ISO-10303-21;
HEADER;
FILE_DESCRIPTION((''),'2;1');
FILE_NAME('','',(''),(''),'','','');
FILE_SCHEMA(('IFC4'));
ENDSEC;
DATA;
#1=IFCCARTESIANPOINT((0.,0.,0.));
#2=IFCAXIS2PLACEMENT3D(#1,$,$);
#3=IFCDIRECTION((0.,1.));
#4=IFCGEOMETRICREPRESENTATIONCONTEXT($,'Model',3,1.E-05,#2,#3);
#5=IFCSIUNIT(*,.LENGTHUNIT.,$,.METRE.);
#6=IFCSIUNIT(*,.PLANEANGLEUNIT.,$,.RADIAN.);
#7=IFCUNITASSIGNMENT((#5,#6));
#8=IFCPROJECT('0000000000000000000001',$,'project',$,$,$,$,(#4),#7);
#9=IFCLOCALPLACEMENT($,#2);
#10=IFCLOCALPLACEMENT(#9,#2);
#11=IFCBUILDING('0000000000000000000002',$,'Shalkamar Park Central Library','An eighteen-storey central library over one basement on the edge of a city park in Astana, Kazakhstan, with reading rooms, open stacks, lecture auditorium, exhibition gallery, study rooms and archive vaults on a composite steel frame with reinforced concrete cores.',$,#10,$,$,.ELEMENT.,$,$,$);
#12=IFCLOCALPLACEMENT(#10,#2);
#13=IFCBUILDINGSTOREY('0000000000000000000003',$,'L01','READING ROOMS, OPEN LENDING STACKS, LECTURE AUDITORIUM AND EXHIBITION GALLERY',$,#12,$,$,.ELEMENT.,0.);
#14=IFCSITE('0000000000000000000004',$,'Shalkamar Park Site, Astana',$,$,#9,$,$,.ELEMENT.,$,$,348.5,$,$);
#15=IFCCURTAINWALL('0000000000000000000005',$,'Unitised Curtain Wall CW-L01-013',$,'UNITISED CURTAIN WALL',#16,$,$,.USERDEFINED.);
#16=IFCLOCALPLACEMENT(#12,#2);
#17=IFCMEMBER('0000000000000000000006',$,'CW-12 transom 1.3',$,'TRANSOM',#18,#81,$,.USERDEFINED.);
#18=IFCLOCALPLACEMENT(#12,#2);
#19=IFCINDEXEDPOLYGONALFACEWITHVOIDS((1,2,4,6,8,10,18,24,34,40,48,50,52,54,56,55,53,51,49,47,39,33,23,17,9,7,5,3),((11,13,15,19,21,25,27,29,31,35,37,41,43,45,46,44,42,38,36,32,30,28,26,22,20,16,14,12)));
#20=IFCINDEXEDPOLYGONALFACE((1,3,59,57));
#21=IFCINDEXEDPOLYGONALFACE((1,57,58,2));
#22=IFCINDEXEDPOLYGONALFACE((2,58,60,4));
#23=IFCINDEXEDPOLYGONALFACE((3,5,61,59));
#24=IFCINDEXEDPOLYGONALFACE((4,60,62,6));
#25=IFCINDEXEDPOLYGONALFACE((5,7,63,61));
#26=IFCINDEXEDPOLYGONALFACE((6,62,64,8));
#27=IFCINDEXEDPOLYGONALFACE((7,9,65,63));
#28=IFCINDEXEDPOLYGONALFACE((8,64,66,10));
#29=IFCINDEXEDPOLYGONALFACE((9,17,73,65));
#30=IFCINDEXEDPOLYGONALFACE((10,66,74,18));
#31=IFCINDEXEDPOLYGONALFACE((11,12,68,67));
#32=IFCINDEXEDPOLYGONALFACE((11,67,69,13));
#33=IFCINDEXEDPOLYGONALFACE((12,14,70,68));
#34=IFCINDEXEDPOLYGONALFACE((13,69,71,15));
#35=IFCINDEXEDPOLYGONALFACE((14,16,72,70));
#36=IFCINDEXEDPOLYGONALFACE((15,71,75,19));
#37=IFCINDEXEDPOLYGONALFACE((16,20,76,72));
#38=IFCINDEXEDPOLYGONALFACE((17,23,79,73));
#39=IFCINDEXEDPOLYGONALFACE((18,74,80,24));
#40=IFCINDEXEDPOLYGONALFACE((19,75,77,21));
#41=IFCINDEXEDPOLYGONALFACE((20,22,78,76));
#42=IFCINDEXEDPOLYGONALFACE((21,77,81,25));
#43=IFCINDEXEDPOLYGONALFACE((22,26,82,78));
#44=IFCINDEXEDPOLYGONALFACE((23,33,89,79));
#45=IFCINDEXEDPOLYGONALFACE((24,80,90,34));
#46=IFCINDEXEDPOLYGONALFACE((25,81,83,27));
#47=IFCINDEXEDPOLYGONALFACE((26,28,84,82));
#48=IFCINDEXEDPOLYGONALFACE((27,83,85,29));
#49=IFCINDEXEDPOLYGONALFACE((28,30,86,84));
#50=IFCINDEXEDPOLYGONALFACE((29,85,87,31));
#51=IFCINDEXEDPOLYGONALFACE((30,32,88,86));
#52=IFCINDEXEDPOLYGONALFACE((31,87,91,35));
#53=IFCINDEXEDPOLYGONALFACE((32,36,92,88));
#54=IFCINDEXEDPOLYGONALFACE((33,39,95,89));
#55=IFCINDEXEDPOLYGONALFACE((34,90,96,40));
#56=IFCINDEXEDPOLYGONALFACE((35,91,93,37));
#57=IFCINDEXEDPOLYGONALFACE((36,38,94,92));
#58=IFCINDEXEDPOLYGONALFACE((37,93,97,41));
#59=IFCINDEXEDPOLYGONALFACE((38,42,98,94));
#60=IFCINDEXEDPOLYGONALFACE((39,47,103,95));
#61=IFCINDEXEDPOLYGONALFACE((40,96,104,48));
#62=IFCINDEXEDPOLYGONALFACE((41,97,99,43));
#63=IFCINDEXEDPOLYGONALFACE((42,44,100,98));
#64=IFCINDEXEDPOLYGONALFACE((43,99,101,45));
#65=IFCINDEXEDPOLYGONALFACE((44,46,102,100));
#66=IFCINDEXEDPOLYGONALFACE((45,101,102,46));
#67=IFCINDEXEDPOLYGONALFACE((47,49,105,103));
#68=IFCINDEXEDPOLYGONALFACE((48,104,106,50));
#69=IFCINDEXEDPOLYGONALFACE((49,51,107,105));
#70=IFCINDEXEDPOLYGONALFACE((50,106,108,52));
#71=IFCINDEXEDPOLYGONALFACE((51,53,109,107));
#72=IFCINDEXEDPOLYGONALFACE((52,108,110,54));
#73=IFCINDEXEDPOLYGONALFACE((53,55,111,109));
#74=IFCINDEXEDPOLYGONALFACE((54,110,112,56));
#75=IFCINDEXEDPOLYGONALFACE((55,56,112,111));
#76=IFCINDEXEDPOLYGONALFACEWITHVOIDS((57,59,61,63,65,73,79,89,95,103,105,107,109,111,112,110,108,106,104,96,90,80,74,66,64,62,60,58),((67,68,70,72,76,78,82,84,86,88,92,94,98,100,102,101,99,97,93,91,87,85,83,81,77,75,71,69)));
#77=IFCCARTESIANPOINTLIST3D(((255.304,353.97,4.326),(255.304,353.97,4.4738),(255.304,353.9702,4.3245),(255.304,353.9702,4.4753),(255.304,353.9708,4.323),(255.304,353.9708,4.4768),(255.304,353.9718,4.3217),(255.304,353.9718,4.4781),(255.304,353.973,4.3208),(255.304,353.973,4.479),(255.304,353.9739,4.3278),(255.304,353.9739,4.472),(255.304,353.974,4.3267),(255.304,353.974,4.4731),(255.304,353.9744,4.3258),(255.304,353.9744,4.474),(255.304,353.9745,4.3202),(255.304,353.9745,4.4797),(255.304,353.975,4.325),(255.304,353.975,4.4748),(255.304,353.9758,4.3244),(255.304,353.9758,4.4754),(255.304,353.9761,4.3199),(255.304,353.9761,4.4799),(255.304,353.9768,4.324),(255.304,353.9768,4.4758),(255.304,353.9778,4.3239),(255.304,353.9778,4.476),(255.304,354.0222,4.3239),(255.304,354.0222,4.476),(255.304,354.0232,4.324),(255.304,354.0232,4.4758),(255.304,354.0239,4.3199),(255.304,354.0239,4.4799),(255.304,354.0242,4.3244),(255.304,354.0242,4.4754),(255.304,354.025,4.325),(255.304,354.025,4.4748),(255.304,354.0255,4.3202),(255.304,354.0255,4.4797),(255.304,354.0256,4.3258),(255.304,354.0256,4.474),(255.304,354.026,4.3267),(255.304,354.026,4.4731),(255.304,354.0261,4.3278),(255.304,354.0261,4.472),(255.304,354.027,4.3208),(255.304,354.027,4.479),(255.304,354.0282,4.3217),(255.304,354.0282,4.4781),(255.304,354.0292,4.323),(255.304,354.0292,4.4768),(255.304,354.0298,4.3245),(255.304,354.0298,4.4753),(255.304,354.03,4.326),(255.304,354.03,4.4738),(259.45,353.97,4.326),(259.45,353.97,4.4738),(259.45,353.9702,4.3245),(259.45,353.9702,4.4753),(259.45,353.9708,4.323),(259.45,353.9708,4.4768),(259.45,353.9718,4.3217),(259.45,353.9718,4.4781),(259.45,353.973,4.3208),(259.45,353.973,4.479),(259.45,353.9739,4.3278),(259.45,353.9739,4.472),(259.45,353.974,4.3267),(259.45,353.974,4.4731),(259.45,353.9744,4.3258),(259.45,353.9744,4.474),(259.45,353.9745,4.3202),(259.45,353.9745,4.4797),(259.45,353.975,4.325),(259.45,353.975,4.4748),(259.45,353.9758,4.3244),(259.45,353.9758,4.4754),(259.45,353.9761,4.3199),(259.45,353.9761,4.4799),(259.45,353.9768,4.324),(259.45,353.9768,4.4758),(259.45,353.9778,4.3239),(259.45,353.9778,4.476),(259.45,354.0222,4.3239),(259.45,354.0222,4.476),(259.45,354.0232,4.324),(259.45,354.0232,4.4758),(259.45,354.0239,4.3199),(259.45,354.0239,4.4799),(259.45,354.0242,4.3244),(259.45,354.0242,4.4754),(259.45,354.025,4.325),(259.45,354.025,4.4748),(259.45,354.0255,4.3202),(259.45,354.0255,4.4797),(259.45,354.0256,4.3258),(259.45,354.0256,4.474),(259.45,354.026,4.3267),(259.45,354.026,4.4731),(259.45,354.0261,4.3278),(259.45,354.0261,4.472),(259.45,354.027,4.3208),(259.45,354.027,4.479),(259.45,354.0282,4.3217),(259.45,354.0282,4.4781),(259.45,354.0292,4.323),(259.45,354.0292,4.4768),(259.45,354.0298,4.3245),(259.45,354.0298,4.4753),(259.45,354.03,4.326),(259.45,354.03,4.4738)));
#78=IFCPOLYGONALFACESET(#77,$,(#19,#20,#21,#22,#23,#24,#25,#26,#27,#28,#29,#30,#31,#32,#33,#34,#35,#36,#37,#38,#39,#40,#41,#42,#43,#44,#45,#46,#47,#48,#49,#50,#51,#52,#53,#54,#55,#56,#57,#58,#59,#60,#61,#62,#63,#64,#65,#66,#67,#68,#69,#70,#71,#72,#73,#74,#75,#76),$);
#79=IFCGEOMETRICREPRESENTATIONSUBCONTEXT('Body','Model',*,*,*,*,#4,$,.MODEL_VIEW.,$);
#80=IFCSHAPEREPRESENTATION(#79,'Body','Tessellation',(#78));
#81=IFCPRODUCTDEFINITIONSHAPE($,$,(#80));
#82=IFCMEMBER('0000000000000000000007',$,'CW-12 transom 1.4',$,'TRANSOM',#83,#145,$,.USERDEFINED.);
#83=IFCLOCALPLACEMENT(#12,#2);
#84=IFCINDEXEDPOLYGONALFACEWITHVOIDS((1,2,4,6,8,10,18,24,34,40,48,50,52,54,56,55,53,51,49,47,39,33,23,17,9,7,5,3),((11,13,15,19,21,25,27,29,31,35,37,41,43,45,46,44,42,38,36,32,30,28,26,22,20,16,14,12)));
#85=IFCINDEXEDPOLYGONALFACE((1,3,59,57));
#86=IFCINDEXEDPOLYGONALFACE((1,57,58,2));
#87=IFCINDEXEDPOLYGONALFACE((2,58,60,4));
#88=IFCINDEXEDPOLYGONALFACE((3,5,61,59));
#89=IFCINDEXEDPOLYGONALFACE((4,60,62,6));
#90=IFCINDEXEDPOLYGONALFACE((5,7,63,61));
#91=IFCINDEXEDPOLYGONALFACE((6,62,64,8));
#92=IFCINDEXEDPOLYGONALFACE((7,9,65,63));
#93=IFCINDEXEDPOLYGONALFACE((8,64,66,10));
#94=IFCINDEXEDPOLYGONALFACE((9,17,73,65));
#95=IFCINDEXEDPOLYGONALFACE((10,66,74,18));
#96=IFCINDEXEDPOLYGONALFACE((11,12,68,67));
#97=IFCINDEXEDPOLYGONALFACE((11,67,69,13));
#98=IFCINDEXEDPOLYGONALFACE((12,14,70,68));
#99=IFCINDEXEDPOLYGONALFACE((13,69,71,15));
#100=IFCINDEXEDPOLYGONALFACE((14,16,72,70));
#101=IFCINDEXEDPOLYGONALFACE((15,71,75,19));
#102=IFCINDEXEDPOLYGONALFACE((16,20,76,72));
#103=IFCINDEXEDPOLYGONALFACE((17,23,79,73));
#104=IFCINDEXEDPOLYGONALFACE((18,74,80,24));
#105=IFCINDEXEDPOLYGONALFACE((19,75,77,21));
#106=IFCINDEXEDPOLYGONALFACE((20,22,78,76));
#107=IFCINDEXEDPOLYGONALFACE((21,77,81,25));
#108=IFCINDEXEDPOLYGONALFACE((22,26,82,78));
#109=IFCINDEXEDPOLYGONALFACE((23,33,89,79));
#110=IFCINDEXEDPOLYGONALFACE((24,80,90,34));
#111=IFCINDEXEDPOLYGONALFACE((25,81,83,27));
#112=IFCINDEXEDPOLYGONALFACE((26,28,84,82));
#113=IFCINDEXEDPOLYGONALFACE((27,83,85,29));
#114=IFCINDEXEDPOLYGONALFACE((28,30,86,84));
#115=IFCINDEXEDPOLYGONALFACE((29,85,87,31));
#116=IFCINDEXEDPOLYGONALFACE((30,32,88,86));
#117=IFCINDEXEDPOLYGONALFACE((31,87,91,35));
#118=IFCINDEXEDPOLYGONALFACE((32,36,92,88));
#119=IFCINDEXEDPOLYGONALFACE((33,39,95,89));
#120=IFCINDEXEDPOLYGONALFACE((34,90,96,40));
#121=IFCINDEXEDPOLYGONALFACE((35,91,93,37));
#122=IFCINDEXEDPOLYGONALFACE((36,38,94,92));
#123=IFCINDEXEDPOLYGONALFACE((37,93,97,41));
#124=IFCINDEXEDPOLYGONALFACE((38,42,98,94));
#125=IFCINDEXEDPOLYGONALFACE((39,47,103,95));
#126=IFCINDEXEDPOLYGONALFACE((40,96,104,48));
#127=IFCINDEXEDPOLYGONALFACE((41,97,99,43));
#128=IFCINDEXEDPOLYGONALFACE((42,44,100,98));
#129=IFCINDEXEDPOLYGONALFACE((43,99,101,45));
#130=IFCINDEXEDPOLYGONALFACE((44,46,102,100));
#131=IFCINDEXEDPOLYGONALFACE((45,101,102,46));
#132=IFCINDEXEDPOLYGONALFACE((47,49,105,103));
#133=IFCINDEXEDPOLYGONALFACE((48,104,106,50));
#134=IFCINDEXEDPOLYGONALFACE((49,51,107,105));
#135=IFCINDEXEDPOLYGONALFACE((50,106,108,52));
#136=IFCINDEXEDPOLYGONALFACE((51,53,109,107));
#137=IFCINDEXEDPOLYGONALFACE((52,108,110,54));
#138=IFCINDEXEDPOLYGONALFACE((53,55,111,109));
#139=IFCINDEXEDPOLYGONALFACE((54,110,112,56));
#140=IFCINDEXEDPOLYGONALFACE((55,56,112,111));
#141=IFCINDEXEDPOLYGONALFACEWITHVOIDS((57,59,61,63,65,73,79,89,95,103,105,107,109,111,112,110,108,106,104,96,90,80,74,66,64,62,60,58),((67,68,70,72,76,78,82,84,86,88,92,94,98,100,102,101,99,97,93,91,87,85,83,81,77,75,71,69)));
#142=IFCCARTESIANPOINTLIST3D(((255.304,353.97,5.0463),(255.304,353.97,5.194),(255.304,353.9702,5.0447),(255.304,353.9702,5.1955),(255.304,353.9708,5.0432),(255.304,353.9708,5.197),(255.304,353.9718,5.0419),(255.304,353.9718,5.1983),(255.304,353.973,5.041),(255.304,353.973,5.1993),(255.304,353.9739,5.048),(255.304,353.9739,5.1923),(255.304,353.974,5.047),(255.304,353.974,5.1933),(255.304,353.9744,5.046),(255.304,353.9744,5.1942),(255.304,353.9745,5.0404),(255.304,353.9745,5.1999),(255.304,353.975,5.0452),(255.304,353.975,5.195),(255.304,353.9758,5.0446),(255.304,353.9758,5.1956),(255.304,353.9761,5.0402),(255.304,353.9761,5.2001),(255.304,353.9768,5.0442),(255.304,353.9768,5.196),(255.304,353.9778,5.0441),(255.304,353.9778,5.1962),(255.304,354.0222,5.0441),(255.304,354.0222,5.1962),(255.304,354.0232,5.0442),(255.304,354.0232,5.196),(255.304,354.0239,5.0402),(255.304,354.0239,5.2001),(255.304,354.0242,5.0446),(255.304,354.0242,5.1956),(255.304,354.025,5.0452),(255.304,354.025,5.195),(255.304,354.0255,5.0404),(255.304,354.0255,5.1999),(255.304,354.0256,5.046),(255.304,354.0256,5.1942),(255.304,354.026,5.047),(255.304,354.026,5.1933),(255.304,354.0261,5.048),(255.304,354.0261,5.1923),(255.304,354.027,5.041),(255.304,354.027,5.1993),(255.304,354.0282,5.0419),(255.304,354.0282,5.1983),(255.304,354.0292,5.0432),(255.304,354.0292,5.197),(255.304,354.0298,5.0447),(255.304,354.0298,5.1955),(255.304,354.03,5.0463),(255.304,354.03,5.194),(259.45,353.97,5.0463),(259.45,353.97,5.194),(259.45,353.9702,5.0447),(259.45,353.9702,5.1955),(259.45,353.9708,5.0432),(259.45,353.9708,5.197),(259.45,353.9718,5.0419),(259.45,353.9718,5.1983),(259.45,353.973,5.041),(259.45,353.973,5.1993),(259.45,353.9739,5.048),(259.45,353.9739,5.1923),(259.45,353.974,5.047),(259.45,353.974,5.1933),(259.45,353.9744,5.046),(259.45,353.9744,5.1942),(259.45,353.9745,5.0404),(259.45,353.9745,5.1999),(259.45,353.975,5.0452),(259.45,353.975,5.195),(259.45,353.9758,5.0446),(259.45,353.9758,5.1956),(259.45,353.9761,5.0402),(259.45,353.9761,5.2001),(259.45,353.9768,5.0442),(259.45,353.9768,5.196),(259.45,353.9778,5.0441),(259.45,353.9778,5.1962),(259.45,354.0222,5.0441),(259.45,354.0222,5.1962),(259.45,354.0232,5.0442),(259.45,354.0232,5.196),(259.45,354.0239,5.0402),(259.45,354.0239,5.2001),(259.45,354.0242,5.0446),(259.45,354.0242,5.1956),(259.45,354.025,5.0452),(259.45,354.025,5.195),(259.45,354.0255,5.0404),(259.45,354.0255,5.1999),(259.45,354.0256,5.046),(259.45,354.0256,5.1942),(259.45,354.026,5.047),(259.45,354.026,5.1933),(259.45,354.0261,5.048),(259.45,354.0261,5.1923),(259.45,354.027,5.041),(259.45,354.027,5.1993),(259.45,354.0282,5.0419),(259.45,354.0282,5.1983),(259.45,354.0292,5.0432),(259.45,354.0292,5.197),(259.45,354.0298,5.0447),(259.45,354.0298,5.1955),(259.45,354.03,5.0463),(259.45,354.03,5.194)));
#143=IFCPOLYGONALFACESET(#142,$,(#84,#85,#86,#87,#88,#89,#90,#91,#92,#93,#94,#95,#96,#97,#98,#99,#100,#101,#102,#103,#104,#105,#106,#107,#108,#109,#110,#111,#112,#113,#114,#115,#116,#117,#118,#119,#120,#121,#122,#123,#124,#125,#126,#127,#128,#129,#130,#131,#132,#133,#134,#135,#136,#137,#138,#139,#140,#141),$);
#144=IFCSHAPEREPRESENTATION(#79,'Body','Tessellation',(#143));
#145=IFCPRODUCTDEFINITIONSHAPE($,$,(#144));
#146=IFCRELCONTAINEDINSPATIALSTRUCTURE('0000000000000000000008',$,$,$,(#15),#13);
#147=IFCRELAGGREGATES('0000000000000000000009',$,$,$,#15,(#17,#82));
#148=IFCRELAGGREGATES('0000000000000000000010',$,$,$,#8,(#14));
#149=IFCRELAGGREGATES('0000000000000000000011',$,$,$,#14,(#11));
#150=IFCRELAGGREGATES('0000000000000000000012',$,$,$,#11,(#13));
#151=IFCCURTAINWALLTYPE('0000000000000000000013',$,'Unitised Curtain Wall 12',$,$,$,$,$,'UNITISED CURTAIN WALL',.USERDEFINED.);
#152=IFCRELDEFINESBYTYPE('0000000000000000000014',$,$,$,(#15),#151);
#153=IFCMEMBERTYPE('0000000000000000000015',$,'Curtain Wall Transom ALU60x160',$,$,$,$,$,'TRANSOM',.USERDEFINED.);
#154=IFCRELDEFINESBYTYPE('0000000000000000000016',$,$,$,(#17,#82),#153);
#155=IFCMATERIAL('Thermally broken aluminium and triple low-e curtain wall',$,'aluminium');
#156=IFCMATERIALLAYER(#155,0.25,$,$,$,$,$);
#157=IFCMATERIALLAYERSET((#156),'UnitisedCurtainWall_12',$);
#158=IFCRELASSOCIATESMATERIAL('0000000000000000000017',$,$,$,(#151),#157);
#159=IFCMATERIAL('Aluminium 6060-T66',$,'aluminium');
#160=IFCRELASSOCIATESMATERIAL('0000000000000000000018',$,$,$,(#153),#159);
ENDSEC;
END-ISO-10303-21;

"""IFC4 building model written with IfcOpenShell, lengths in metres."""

from ifc_helpers import new_model, si_unit, direction, frame, origin, origin_2d, place, context, subcontext, project, spatial, hollow_rectangle, extrude, material, layer, layer_set, material_profile, profile_set, type_object, element, aggregate, save


model = new_model("IFC4")

# Units and contexts
model_context = context("Model", 3, precision=1e-05, world=origin(), true_north=direction((0.0, 1.0)))
body_context = subcontext(model_context, "Body", "Model", "MODEL_VIEW")
ifc_project = project(units=[si_unit("LENGTHUNIT", "METRE"), si_unit("PLANEANGLEUNIT", "RADIAN")], contexts=[model_context])

# Site, building, storey
site_placement = place(None, origin())
site = spatial("IfcSite", under=ifc_project, at=site_placement, Name="Shalkamar Park Site, Astana", CompositionType="ELEMENT", RefElevation=348.5)
building_placement = place(site_placement, origin())
building = spatial("IfcBuilding", under=site, at=building_placement, Name="Shalkamar Park Central Library", Description="An eighteen-storey central library over one basement on the edge of a city park in Astana, Kazakhstan, with reading rooms, open stacks, lecture auditorium, exhibition gallery, study rooms and archive vaults on a composite steel frame with reinforced concrete cores.", CompositionType="ELEMENT")
storey_placement = place(building_placement, origin())
storey = spatial("IfcBuildingStorey", under=building, at=storey_placement, Name="L01", Description="READING ROOMS, OPEN LENDING STACKS, LECTURE AUDITORIUM AND EXHIBITION GALLERY", CompositionType="ELEMENT", Elevation=0.0)

# Curtain wall, members
ifc_material_1 = material(Name="Thermally broken aluminium and triple low-e curtain wall", Category="aluminium")
ifc_layer_1 = layer(ifc_material_1, 0.25)
ifc_layer_set_1 = layer_set([ifc_layer_1], Name="UnitisedCurtainWall_12")
curtain_wall_type = type_object("IfcCurtainWallType", Name="Unitised Curtain Wall 12", ElementType="UNITISED CURTAIN WALL", PredefinedType="USERDEFINED", material=ifc_layer_set_1)
curtain_wall_placement = place(storey_placement, origin())
curtain_wall = element("IfcCurtainWall", 1, at=curtain_wall_placement, inside=storey, type_object=curtain_wall_type, Name="Unitised Curtain Wall CW-L01-013", ObjectType="UNITISED CURTAIN WALL", PredefinedType="USERDEFINED")
ifc_material_2 = material(Name="Aluminium 6060-T66", Category="aluminium")
ifc_material_profile_1 = material_profile(ifc_material_2, hollow_rectangle(XDim=0.0601, YDim=0.1599, WallThickness=0.0039, InnerFilletRadius=0.0039, OuterFilletRadius=0.0061, at=origin_2d()), Name="ALU 60x160x4")
ifc_profile_set_1 = profile_set([ifc_material_profile_1], Name="Aluminium 6060-T66")
member_type_1 = type_object("IfcMemberType", Name="Curtain Wall Transom ALU60x160", ElementType="TRANSOM", PredefinedType="USERDEFINED", material=ifc_profile_set_1)
member_1_placement = place(storey_placement, frame((255.304, 354.0, 4.3999), z_axis=(1.0, 0.0, 0.0), x_axis=(0.0, 1.0, 0.0)))
member_1 = element("IfcMember", 2, at=member_1_placement, type_object=member_type_1, Name="CW-12 transom 1.3", ObjectType="TRANSOM", PredefinedType="USERDEFINED", context=body_context, shape_type="SweptSolid", body=[
    extrude(hollow_rectangle(XDim=0.0601, YDim=0.1599, WallThickness=0.0039, InnerFilletRadius=0.0039, OuterFilletRadius=0.0061, at=origin_2d()), origin(), (0.0, 0.0, 1.0), 4.146),
])
member_2_placement = place(storey_placement, frame((255.304, 354.0, 5.1201), z_axis=(1.0, 0.0, 0.0), x_axis=(0.0, 1.0, 0.0)))
member_2 = element("IfcMember", 3, at=member_2_placement, type_object=member_type_1, Name="CW-12 transom 1.4", ObjectType="TRANSOM", PredefinedType="USERDEFINED", context=body_context, shape_type="SweptSolid", body=[
    extrude(hollow_rectangle(XDim=0.0601, YDim=0.1599, WallThickness=0.0039, InnerFilletRadius=0.0039, OuterFilletRadius=0.0061, at=origin_2d()), origin(), (0.0, 0.0, 1.0), 4.146),
])

aggregate(curtain_wall, [member_1, member_2])

save(model, "model.ifc")
